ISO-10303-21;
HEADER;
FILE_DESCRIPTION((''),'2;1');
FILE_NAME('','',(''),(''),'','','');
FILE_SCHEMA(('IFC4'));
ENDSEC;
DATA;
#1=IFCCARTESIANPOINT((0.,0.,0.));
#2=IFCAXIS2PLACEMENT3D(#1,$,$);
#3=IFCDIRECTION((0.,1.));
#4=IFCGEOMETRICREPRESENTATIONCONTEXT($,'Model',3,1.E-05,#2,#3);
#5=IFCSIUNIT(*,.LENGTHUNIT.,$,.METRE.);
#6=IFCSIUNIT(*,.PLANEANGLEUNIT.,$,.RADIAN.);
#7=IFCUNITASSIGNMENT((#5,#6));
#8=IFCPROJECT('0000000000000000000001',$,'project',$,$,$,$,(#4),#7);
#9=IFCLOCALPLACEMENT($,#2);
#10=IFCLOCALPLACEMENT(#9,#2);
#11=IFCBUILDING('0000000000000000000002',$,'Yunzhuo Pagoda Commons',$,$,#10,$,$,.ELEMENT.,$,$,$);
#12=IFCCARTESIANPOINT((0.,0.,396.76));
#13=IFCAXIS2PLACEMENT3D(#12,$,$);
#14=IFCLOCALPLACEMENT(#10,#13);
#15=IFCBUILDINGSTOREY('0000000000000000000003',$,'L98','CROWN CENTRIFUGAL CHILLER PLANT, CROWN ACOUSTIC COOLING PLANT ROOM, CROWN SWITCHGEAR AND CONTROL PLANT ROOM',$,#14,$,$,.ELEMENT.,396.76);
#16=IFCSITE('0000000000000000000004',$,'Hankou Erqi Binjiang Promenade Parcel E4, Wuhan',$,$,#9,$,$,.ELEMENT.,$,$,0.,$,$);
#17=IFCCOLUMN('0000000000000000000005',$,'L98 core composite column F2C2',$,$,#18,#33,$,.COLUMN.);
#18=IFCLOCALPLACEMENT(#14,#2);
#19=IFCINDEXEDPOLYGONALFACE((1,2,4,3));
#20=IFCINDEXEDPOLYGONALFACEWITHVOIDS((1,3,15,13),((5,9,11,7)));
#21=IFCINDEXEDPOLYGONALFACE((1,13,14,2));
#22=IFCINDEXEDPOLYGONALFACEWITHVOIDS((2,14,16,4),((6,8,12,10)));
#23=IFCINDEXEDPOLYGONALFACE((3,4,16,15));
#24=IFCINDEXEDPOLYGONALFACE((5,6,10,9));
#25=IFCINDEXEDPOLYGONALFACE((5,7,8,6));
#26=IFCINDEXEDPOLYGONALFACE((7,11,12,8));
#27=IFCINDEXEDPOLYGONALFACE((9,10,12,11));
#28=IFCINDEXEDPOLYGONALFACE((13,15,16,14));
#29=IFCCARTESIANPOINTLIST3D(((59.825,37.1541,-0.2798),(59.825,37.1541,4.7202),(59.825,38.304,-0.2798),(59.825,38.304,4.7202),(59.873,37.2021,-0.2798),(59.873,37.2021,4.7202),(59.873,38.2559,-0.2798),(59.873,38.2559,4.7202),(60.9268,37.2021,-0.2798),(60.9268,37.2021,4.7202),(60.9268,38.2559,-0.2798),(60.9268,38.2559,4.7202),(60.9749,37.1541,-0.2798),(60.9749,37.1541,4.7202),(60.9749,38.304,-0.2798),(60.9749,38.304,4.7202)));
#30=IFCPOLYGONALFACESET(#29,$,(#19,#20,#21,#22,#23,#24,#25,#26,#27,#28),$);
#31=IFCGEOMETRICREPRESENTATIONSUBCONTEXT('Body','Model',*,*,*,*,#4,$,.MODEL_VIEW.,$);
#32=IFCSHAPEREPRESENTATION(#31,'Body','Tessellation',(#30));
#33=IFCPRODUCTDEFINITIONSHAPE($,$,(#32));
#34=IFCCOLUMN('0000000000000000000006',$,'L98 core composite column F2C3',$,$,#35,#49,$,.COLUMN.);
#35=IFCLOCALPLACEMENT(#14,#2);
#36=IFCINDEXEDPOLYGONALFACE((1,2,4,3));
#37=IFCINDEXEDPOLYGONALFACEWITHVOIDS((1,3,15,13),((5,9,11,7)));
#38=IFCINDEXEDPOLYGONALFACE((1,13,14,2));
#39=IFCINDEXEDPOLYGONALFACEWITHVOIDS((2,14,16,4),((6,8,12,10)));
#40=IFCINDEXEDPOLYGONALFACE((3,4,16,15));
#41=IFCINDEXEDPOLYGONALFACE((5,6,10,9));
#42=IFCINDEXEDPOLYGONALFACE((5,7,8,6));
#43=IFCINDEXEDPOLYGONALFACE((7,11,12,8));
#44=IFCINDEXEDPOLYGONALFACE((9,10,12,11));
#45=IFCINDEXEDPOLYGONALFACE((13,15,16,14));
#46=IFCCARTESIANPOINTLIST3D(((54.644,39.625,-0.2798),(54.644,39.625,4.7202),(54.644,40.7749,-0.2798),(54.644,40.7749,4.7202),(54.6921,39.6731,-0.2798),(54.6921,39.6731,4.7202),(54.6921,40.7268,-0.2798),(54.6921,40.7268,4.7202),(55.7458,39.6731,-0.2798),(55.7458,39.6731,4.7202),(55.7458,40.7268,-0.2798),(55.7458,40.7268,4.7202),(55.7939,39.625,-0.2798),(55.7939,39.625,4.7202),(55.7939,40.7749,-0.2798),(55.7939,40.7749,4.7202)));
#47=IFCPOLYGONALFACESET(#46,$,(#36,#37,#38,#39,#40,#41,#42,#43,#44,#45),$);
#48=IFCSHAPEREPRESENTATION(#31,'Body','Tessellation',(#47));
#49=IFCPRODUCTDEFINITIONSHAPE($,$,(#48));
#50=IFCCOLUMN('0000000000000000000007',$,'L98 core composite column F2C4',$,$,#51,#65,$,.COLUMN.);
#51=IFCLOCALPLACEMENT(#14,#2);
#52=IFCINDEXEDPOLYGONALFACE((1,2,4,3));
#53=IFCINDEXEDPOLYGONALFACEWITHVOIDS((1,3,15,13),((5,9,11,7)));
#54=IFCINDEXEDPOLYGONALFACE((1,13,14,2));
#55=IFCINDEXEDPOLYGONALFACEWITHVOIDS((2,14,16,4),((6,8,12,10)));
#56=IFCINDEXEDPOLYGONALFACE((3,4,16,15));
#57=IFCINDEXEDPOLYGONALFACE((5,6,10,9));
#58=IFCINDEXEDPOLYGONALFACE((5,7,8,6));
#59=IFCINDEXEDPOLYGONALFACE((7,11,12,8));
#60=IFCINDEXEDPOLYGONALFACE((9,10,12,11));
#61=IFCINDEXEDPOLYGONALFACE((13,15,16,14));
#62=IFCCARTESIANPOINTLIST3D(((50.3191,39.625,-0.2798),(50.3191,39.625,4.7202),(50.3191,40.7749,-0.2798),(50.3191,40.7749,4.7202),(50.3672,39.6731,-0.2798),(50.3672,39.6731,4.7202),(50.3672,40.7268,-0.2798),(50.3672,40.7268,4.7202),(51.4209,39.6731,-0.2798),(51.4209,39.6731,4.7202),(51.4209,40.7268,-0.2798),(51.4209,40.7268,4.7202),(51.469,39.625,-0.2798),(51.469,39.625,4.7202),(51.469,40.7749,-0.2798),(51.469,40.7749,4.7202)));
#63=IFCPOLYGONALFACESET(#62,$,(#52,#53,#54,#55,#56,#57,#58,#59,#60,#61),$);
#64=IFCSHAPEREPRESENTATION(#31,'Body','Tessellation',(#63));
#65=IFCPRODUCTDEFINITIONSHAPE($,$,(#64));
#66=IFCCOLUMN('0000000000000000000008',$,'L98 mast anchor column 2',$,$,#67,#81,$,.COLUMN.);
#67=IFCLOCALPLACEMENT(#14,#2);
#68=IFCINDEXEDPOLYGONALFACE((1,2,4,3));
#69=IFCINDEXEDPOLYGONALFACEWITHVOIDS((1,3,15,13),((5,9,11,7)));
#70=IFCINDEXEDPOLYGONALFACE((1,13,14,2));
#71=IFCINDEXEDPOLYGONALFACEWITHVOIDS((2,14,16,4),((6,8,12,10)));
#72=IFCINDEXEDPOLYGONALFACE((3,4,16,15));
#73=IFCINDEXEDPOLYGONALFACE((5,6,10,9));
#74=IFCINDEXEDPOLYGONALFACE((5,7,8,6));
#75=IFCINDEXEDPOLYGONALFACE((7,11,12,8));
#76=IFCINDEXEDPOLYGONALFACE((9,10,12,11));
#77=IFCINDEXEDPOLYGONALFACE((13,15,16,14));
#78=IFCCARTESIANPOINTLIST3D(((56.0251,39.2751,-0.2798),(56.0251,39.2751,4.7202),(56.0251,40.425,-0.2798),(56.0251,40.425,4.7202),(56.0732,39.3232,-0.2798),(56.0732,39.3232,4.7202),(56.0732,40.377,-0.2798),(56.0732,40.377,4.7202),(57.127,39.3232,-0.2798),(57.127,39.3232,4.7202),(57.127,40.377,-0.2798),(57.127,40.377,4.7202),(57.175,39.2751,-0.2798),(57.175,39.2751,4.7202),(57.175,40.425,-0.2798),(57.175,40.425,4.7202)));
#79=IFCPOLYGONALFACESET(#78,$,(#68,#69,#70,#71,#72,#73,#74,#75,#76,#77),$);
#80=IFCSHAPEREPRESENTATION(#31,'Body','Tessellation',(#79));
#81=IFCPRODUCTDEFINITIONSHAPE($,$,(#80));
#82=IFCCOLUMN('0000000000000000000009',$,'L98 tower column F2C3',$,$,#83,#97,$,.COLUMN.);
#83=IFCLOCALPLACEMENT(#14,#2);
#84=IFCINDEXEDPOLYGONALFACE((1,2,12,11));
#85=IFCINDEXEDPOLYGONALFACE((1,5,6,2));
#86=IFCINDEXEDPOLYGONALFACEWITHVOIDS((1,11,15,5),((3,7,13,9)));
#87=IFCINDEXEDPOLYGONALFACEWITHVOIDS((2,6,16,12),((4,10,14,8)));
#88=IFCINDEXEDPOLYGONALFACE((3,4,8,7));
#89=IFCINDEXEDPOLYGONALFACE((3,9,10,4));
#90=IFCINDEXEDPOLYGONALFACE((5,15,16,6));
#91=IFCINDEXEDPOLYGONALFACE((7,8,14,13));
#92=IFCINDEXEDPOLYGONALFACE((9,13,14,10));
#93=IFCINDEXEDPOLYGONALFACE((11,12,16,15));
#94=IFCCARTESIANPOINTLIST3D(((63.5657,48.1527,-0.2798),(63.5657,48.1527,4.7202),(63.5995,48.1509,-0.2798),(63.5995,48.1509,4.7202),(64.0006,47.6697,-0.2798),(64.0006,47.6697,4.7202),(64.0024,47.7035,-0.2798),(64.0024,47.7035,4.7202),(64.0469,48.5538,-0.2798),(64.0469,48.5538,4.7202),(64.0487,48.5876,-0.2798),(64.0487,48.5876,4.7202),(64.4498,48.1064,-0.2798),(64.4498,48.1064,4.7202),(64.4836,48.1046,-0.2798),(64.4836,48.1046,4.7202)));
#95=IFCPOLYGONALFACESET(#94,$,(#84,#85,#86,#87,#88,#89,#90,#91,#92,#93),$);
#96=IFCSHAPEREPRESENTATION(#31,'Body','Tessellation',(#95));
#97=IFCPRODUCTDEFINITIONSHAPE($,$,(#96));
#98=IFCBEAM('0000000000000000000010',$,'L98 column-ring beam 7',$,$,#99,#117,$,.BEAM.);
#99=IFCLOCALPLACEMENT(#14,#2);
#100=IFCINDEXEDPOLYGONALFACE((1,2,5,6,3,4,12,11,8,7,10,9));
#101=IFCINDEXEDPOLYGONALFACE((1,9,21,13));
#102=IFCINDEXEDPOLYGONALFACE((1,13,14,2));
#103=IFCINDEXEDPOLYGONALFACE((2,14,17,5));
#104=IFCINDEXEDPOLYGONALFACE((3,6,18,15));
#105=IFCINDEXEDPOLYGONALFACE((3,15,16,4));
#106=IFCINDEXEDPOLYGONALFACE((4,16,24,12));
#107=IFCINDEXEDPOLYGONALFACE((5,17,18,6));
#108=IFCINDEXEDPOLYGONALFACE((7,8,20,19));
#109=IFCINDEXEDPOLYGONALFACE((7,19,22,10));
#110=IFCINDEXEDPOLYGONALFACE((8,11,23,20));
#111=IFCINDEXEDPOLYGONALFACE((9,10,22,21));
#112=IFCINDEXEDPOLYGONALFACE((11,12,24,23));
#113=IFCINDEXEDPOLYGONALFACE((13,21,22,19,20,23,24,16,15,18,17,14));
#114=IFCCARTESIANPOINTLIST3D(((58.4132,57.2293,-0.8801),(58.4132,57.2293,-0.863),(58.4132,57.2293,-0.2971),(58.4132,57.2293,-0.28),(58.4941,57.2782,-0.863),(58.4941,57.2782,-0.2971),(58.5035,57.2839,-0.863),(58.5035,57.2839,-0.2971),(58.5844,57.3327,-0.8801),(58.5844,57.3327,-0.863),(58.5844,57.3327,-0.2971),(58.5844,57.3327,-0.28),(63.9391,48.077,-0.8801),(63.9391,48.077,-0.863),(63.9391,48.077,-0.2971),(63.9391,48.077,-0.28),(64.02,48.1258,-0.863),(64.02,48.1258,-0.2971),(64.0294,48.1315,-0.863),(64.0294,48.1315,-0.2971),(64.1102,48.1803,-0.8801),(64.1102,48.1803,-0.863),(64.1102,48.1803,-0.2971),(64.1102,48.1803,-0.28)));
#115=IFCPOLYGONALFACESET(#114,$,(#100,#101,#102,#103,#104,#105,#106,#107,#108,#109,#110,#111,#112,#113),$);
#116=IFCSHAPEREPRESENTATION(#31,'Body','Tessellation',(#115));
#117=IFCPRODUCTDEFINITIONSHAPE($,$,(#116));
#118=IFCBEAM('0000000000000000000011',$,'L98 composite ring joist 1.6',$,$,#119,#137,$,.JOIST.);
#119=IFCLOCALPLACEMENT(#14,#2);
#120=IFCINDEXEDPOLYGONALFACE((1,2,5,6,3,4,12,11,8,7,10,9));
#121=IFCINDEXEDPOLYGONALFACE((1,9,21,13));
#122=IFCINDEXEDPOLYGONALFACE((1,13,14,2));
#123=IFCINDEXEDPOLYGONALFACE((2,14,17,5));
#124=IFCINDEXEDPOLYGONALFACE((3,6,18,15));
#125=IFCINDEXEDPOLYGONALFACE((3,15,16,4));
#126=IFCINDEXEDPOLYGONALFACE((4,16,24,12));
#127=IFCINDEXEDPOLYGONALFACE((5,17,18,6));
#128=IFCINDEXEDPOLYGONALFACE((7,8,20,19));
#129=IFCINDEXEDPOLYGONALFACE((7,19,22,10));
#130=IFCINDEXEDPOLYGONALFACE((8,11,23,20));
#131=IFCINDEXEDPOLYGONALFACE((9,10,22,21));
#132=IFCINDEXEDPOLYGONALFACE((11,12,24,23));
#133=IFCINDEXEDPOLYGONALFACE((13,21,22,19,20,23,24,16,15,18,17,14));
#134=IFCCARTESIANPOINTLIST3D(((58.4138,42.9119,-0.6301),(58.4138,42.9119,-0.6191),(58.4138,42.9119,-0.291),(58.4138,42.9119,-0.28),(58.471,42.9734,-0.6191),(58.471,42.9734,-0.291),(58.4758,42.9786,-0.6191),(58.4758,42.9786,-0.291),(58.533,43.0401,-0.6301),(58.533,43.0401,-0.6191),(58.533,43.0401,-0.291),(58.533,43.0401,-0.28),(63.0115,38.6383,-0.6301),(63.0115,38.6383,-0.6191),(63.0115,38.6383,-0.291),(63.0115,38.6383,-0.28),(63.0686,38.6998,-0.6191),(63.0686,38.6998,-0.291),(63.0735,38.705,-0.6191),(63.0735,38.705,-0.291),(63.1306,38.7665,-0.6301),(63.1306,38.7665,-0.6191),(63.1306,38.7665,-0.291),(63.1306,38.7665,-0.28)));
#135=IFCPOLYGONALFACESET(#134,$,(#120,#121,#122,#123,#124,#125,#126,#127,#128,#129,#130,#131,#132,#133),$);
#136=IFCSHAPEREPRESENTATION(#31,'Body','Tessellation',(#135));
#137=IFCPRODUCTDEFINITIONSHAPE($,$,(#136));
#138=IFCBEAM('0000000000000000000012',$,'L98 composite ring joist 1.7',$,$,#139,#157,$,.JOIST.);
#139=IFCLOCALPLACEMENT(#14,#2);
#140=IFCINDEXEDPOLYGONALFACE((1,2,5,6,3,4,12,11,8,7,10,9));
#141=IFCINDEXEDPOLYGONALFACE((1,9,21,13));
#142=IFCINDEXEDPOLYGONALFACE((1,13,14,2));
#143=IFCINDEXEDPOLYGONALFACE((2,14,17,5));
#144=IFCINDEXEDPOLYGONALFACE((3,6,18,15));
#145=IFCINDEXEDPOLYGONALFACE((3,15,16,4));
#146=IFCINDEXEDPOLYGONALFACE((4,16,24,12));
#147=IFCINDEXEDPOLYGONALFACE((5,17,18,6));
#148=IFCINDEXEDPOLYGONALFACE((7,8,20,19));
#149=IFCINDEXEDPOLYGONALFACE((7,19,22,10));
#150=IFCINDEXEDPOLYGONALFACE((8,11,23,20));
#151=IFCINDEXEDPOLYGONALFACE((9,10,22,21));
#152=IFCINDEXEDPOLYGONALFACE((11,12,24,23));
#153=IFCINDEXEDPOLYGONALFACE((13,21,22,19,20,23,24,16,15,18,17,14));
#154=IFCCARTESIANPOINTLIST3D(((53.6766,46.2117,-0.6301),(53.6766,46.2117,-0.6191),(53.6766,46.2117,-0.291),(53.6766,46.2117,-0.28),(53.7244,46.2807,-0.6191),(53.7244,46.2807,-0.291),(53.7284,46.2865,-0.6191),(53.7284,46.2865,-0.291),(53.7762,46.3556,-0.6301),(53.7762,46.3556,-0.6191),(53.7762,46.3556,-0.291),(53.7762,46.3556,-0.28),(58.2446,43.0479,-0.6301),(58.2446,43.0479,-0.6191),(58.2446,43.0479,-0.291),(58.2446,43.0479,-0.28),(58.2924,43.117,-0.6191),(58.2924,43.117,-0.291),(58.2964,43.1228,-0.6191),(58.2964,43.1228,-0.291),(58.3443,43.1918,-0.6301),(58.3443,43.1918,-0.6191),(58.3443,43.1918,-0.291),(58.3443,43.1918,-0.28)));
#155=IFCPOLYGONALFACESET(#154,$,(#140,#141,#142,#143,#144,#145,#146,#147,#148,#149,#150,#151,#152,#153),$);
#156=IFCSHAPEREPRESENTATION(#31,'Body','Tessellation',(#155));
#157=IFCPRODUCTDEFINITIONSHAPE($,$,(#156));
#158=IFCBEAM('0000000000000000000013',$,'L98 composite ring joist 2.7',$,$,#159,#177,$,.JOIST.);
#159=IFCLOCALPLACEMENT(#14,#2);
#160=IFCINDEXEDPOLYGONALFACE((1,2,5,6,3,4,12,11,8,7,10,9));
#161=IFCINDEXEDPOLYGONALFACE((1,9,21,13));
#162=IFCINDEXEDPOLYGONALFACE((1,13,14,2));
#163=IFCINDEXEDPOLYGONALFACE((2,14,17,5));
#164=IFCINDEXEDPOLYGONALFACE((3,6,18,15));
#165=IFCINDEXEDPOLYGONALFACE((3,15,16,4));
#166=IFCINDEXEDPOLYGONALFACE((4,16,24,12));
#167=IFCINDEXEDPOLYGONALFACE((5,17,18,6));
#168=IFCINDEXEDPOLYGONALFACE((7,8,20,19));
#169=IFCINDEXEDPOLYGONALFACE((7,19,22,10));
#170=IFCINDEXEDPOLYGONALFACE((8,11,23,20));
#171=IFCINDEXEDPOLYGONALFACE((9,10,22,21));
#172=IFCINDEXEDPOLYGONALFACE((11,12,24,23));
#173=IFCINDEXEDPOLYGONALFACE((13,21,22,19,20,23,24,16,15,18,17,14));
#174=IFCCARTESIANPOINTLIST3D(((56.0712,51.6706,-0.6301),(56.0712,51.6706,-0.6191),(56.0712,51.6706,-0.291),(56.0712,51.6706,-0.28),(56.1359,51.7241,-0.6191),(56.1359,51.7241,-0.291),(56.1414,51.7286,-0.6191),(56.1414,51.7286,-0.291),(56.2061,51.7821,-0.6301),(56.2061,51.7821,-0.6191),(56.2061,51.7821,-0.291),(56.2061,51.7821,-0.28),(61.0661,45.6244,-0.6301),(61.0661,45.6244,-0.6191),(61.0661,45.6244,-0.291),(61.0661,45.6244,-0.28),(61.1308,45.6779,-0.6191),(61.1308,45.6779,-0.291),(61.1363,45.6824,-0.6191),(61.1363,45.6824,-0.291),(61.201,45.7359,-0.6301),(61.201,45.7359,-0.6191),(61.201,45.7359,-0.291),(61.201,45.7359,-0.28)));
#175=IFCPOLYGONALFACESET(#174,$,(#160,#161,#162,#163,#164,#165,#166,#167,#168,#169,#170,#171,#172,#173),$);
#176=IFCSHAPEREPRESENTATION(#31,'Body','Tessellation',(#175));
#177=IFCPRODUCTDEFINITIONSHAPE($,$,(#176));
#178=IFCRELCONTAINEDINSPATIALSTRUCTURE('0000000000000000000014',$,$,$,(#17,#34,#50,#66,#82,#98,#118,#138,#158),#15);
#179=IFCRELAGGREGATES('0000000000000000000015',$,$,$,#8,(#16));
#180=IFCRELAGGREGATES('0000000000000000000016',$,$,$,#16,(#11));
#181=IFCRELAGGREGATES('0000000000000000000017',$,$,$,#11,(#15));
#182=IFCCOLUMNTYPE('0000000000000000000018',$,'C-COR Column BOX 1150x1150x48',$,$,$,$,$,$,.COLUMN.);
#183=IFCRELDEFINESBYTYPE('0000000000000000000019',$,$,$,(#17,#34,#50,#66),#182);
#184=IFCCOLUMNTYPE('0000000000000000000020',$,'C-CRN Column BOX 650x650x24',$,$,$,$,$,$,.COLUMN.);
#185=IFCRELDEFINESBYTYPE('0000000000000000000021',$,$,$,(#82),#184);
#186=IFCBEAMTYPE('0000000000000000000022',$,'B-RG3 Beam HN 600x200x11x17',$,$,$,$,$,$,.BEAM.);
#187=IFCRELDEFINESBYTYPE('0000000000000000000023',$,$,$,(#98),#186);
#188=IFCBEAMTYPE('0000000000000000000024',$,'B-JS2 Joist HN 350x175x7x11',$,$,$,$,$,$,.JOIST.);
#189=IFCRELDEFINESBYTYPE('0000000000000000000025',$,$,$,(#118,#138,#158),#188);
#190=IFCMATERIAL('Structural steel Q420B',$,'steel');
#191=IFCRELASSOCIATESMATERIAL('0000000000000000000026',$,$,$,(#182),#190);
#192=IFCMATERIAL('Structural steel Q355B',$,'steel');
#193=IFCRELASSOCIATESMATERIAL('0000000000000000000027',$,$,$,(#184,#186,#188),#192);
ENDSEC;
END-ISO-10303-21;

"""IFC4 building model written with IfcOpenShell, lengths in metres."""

from ifc_helpers import new_model, si_unit, direction, frame, origin, origin_2d, place, context, subcontext, project, spatial, hollow_rectangle, i_section, extrude, source, transform, mapped, material, material_profile, profile_set, type_object, element, save


model = new_model("IFC4")

# Units and contexts
model_context = context("Model", 3, precision=1e-05, world=origin(), true_north=direction((0.0, 1.0)))
body_context = subcontext(model_context, "Body", "Model", "MODEL_VIEW")
ifc_project = project(units=[si_unit("LENGTHUNIT", "METRE"), si_unit("PLANEANGLEUNIT", "RADIAN")], contexts=[model_context])

# Site, building, storey
site_placement = place(None, origin())
site = spatial("IfcSite", under=ifc_project, at=site_placement, Name="Hankou Erqi Binjiang Promenade Parcel E4, Wuhan", CompositionType="ELEMENT", RefElevation=0.0)
building_placement = place(site_placement, origin())
building = spatial("IfcBuilding", under=site, at=building_placement, Name="Yunzhuo Pagoda Commons", CompositionType="ELEMENT")
storey_placement = place(building_placement, frame((0.0, 0.0, 396.76)))
storey = spatial("IfcBuildingStorey", under=building, at=storey_placement, Name="L98", Description="CROWN CENTRIFUGAL CHILLER PLANT, CROWN ACOUSTIC COOLING PLANT ROOM, CROWN SWITCHGEAR AND CONTROL PLANT ROOM", CompositionType="ELEMENT", Elevation=396.76)

# Columns
ifc_material_1 = material(Name="Structural steel Q420B", Category="steel")
ifc_material_profile_1 = material_profile(ifc_material_1, hollow_rectangle(XDim=1.1499, YDim=1.1499, WallThickness=0.0481, at=origin_2d()), Name="Structural steel Q420B")
ifc_profile_set_1 = profile_set([ifc_material_profile_1], Name="Structural steel Q420B")
column_type_1 = type_object("IfcColumnType", Name="C-COR Column BOX 1150x1150x48", PredefinedType="COLUMN", material=ifc_profile_set_1)
shared_shape_1 = source(origin(), body_context, "Body", "SweptSolid", [
    extrude(hollow_rectangle(XDim=1.1499, YDim=1.1499, WallThickness=0.0481, at=origin_2d()), origin(), (0.0, 0.0, 1.0), 5.0),
])
for number, where, z_axis, x_axis, name in (
    (1, (60.3999, 37.729, -0.2798), (0.0, 0.0, 1.0), (1.0, 0.0, 0.0), "L98 core composite column F2C2"),
    (2, (55.219, 40.2, -0.2798), (0.0, 0.0, 1.0), (1.0, 0.0, 0.0), "L98 core composite column F2C3"),
    (3, (50.894, 40.2, -0.2798), (0.0, 0.0, 1.0), (1.0, 0.0, 0.0), "L98 core composite column F2C4"),
    (4, (56.6001, 39.8501, -0.2798), (0.0, 0.0, 1.0), (1.0, 0.0, 0.0), "L98 mast anchor column 2"),
):
    element("IfcColumn", number, at=place(storey_placement, frame(where, z_axis=z_axis, x_axis=x_axis)), inside=storey, type_object=column_type_1, Name=name, PredefinedType="COLUMN", context=body_context, shape_type="MappedRepresentation", body=[
        mapped(shared_shape_1, transform((0.0, 0.0, 0.0), scale=1.0)),
    ])
ifc_material_2 = material(Name="Structural steel Q355B", Category="steel")
ifc_material_profile_2 = material_profile(ifc_material_2, hollow_rectangle(XDim=0.6499, YDim=0.6499, WallThickness=0.0239, at=origin_2d()), Name="Structural steel Q355B")
ifc_profile_set_2 = profile_set([ifc_material_profile_2], Name="Structural steel Q355B")
column_type_2 = type_object("IfcColumnType", Name="C-CRN Column BOX 650x650x24", PredefinedType="COLUMN", material=ifc_profile_set_2)
shared_shape_2 = source(origin(), body_context, "Body", "SweptSolid", [
    extrude(hollow_rectangle(XDim=0.6499, YDim=0.6499, WallThickness=0.0239, at=origin_2d()), origin(), (0.0, 0.0, 1.0), 5.0),
])
column_placement = place(storey_placement, frame((64.0247, 48.1287, -0.2798), z_axis=(0.0, 0.0, 1.0), x_axis=(-0.669131, 0.743145, 0.0)))
element("IfcColumn", 5, at=column_placement, inside=storey, type_object=column_type_2, Name="L98 tower column F2C3", PredefinedType="COLUMN", context=body_context, shape_type="MappedRepresentation", body=[
    mapped(shared_shape_2, transform((0.0, 0.0, 0.0), scale=1.0)),
])

# Beams
ifc_material_profile_3 = material_profile(ifc_material_2, i_section(OverallWidth=0.2, OverallDepth=0.6001, WebThickness=0.011, FlangeThickness=0.0171, at=origin_2d()), Name="Structural steel Q355B")
ifc_profile_set_3 = profile_set([ifc_material_profile_3], Name="Structural steel Q355B")
beam_type_1 = type_object("IfcBeamType", Name="B-RG3 Beam HN 600x200x11x17", PredefinedType="BEAM", material=ifc_profile_set_3)
shared_shape_3 = source(origin(), body_context, "Body", "SweptSolid", [
    extrude(i_section(OverallWidth=0.2, OverallDepth=0.6001, WebThickness=0.011, FlangeThickness=0.0171, at=origin_2d()), origin(), (0.0, 0.0, 1.0), 10.6912),
])
beam_1_placement = place(storey_placement, frame((64.0247, 48.1287, -0.5801), z_axis=(-0.516865, 0.856067, 0.0), x_axis=(-0.856067, -0.516865, 0.0)))
element("IfcBeam", 6, at=beam_1_placement, inside=storey, type_object=beam_type_1, Name="L98 column-ring beam 7", PredefinedType="BEAM", context=body_context, shape_type="MappedRepresentation", body=[
    mapped(shared_shape_3, transform((0.0, 0.0, 0.0), scale=1.0)),
])
ifc_material_profile_4 = material_profile(ifc_material_2, i_section(OverallWidth=0.175, OverallDepth=0.3501, WebThickness=0.0071, FlangeThickness=0.011, at=origin_2d()), Name="Structural steel Q355B")
ifc_profile_set_4 = profile_set([ifc_material_profile_4], Name="Structural steel Q355B")
beam_type_2 = type_object("IfcBeamType", Name="B-JS2 Joist HN 350x175x7x11", PredefinedType="JOIST", material=ifc_profile_set_4)
shared_shape_4 = source(origin(), body_context, "Body", "SweptSolid", [
    extrude(i_section(OverallWidth=0.175, OverallDepth=0.3501, WebThickness=0.0071, FlangeThickness=0.011, at=origin_2d()), origin(), (0.0, 0.0, 1.0), 6.2771),
])
beam_2_placement = place(storey_placement, frame((63.071, 38.7024, -0.4551), z_axis=(-0.732442, 0.68083, 0.0), x_axis=(-0.68083, -0.732442, 0.0)))
element("IfcBeam", 7, at=beam_2_placement, inside=storey, type_object=beam_type_2, Name="L98 composite ring joist 1.6", PredefinedType="JOIST", context=body_context, shape_type="MappedRepresentation", body=[
    mapped(shared_shape_4, transform((0.0, 0.0, 0.0), scale=1.0)),
])
shared_shape_5 = source(origin(), body_context, "Body", "SweptSolid", [
    extrude(i_section(OverallWidth=0.175, OverallDepth=0.3501, WebThickness=0.0071, FlangeThickness=0.011, at=origin_2d()), origin(), (0.0, 0.0, 1.0), 5.5566),
])
beam_3_placement = place(storey_placement, frame((58.2944, 43.1199, -0.4551), z_axis=(-0.822085, 0.569365, 0.0), x_axis=(-0.569365, -0.822085, 0.0)))
element("IfcBeam", 8, at=beam_3_placement, inside=storey, type_object=beam_type_2, Name="L98 composite ring joist 1.7", PredefinedType="JOIST", context=body_context, shape_type="MappedRepresentation", body=[
    mapped(shared_shape_5, transform((0.0, 0.0, 0.0), scale=1.0)),
])
shared_shape_6 = source(origin(), body_context, "Body", "SweptSolid", [
    extrude(i_section(OverallWidth=0.175, OverallDepth=0.3501, WebThickness=0.0071, FlangeThickness=0.011, at=origin_2d()), origin(), (0.0, 0.0, 1.0), 7.8425),
])
beam_4_placement = place(storey_placement, frame((61.1335, 45.6802, -0.4551), z_axis=(-0.636899, 0.770947, 0.0), x_axis=(-0.770947, -0.636899, 0.0)))
element("IfcBeam", 9, at=beam_4_placement, inside=storey, type_object=beam_type_2, Name="L98 composite ring joist 2.7", PredefinedType="JOIST", context=body_context, shape_type="MappedRepresentation", body=[
    mapped(shared_shape_6, transform((0.0, 0.0, 0.0), scale=1.0)),
])

save(model, "model.ifc")
